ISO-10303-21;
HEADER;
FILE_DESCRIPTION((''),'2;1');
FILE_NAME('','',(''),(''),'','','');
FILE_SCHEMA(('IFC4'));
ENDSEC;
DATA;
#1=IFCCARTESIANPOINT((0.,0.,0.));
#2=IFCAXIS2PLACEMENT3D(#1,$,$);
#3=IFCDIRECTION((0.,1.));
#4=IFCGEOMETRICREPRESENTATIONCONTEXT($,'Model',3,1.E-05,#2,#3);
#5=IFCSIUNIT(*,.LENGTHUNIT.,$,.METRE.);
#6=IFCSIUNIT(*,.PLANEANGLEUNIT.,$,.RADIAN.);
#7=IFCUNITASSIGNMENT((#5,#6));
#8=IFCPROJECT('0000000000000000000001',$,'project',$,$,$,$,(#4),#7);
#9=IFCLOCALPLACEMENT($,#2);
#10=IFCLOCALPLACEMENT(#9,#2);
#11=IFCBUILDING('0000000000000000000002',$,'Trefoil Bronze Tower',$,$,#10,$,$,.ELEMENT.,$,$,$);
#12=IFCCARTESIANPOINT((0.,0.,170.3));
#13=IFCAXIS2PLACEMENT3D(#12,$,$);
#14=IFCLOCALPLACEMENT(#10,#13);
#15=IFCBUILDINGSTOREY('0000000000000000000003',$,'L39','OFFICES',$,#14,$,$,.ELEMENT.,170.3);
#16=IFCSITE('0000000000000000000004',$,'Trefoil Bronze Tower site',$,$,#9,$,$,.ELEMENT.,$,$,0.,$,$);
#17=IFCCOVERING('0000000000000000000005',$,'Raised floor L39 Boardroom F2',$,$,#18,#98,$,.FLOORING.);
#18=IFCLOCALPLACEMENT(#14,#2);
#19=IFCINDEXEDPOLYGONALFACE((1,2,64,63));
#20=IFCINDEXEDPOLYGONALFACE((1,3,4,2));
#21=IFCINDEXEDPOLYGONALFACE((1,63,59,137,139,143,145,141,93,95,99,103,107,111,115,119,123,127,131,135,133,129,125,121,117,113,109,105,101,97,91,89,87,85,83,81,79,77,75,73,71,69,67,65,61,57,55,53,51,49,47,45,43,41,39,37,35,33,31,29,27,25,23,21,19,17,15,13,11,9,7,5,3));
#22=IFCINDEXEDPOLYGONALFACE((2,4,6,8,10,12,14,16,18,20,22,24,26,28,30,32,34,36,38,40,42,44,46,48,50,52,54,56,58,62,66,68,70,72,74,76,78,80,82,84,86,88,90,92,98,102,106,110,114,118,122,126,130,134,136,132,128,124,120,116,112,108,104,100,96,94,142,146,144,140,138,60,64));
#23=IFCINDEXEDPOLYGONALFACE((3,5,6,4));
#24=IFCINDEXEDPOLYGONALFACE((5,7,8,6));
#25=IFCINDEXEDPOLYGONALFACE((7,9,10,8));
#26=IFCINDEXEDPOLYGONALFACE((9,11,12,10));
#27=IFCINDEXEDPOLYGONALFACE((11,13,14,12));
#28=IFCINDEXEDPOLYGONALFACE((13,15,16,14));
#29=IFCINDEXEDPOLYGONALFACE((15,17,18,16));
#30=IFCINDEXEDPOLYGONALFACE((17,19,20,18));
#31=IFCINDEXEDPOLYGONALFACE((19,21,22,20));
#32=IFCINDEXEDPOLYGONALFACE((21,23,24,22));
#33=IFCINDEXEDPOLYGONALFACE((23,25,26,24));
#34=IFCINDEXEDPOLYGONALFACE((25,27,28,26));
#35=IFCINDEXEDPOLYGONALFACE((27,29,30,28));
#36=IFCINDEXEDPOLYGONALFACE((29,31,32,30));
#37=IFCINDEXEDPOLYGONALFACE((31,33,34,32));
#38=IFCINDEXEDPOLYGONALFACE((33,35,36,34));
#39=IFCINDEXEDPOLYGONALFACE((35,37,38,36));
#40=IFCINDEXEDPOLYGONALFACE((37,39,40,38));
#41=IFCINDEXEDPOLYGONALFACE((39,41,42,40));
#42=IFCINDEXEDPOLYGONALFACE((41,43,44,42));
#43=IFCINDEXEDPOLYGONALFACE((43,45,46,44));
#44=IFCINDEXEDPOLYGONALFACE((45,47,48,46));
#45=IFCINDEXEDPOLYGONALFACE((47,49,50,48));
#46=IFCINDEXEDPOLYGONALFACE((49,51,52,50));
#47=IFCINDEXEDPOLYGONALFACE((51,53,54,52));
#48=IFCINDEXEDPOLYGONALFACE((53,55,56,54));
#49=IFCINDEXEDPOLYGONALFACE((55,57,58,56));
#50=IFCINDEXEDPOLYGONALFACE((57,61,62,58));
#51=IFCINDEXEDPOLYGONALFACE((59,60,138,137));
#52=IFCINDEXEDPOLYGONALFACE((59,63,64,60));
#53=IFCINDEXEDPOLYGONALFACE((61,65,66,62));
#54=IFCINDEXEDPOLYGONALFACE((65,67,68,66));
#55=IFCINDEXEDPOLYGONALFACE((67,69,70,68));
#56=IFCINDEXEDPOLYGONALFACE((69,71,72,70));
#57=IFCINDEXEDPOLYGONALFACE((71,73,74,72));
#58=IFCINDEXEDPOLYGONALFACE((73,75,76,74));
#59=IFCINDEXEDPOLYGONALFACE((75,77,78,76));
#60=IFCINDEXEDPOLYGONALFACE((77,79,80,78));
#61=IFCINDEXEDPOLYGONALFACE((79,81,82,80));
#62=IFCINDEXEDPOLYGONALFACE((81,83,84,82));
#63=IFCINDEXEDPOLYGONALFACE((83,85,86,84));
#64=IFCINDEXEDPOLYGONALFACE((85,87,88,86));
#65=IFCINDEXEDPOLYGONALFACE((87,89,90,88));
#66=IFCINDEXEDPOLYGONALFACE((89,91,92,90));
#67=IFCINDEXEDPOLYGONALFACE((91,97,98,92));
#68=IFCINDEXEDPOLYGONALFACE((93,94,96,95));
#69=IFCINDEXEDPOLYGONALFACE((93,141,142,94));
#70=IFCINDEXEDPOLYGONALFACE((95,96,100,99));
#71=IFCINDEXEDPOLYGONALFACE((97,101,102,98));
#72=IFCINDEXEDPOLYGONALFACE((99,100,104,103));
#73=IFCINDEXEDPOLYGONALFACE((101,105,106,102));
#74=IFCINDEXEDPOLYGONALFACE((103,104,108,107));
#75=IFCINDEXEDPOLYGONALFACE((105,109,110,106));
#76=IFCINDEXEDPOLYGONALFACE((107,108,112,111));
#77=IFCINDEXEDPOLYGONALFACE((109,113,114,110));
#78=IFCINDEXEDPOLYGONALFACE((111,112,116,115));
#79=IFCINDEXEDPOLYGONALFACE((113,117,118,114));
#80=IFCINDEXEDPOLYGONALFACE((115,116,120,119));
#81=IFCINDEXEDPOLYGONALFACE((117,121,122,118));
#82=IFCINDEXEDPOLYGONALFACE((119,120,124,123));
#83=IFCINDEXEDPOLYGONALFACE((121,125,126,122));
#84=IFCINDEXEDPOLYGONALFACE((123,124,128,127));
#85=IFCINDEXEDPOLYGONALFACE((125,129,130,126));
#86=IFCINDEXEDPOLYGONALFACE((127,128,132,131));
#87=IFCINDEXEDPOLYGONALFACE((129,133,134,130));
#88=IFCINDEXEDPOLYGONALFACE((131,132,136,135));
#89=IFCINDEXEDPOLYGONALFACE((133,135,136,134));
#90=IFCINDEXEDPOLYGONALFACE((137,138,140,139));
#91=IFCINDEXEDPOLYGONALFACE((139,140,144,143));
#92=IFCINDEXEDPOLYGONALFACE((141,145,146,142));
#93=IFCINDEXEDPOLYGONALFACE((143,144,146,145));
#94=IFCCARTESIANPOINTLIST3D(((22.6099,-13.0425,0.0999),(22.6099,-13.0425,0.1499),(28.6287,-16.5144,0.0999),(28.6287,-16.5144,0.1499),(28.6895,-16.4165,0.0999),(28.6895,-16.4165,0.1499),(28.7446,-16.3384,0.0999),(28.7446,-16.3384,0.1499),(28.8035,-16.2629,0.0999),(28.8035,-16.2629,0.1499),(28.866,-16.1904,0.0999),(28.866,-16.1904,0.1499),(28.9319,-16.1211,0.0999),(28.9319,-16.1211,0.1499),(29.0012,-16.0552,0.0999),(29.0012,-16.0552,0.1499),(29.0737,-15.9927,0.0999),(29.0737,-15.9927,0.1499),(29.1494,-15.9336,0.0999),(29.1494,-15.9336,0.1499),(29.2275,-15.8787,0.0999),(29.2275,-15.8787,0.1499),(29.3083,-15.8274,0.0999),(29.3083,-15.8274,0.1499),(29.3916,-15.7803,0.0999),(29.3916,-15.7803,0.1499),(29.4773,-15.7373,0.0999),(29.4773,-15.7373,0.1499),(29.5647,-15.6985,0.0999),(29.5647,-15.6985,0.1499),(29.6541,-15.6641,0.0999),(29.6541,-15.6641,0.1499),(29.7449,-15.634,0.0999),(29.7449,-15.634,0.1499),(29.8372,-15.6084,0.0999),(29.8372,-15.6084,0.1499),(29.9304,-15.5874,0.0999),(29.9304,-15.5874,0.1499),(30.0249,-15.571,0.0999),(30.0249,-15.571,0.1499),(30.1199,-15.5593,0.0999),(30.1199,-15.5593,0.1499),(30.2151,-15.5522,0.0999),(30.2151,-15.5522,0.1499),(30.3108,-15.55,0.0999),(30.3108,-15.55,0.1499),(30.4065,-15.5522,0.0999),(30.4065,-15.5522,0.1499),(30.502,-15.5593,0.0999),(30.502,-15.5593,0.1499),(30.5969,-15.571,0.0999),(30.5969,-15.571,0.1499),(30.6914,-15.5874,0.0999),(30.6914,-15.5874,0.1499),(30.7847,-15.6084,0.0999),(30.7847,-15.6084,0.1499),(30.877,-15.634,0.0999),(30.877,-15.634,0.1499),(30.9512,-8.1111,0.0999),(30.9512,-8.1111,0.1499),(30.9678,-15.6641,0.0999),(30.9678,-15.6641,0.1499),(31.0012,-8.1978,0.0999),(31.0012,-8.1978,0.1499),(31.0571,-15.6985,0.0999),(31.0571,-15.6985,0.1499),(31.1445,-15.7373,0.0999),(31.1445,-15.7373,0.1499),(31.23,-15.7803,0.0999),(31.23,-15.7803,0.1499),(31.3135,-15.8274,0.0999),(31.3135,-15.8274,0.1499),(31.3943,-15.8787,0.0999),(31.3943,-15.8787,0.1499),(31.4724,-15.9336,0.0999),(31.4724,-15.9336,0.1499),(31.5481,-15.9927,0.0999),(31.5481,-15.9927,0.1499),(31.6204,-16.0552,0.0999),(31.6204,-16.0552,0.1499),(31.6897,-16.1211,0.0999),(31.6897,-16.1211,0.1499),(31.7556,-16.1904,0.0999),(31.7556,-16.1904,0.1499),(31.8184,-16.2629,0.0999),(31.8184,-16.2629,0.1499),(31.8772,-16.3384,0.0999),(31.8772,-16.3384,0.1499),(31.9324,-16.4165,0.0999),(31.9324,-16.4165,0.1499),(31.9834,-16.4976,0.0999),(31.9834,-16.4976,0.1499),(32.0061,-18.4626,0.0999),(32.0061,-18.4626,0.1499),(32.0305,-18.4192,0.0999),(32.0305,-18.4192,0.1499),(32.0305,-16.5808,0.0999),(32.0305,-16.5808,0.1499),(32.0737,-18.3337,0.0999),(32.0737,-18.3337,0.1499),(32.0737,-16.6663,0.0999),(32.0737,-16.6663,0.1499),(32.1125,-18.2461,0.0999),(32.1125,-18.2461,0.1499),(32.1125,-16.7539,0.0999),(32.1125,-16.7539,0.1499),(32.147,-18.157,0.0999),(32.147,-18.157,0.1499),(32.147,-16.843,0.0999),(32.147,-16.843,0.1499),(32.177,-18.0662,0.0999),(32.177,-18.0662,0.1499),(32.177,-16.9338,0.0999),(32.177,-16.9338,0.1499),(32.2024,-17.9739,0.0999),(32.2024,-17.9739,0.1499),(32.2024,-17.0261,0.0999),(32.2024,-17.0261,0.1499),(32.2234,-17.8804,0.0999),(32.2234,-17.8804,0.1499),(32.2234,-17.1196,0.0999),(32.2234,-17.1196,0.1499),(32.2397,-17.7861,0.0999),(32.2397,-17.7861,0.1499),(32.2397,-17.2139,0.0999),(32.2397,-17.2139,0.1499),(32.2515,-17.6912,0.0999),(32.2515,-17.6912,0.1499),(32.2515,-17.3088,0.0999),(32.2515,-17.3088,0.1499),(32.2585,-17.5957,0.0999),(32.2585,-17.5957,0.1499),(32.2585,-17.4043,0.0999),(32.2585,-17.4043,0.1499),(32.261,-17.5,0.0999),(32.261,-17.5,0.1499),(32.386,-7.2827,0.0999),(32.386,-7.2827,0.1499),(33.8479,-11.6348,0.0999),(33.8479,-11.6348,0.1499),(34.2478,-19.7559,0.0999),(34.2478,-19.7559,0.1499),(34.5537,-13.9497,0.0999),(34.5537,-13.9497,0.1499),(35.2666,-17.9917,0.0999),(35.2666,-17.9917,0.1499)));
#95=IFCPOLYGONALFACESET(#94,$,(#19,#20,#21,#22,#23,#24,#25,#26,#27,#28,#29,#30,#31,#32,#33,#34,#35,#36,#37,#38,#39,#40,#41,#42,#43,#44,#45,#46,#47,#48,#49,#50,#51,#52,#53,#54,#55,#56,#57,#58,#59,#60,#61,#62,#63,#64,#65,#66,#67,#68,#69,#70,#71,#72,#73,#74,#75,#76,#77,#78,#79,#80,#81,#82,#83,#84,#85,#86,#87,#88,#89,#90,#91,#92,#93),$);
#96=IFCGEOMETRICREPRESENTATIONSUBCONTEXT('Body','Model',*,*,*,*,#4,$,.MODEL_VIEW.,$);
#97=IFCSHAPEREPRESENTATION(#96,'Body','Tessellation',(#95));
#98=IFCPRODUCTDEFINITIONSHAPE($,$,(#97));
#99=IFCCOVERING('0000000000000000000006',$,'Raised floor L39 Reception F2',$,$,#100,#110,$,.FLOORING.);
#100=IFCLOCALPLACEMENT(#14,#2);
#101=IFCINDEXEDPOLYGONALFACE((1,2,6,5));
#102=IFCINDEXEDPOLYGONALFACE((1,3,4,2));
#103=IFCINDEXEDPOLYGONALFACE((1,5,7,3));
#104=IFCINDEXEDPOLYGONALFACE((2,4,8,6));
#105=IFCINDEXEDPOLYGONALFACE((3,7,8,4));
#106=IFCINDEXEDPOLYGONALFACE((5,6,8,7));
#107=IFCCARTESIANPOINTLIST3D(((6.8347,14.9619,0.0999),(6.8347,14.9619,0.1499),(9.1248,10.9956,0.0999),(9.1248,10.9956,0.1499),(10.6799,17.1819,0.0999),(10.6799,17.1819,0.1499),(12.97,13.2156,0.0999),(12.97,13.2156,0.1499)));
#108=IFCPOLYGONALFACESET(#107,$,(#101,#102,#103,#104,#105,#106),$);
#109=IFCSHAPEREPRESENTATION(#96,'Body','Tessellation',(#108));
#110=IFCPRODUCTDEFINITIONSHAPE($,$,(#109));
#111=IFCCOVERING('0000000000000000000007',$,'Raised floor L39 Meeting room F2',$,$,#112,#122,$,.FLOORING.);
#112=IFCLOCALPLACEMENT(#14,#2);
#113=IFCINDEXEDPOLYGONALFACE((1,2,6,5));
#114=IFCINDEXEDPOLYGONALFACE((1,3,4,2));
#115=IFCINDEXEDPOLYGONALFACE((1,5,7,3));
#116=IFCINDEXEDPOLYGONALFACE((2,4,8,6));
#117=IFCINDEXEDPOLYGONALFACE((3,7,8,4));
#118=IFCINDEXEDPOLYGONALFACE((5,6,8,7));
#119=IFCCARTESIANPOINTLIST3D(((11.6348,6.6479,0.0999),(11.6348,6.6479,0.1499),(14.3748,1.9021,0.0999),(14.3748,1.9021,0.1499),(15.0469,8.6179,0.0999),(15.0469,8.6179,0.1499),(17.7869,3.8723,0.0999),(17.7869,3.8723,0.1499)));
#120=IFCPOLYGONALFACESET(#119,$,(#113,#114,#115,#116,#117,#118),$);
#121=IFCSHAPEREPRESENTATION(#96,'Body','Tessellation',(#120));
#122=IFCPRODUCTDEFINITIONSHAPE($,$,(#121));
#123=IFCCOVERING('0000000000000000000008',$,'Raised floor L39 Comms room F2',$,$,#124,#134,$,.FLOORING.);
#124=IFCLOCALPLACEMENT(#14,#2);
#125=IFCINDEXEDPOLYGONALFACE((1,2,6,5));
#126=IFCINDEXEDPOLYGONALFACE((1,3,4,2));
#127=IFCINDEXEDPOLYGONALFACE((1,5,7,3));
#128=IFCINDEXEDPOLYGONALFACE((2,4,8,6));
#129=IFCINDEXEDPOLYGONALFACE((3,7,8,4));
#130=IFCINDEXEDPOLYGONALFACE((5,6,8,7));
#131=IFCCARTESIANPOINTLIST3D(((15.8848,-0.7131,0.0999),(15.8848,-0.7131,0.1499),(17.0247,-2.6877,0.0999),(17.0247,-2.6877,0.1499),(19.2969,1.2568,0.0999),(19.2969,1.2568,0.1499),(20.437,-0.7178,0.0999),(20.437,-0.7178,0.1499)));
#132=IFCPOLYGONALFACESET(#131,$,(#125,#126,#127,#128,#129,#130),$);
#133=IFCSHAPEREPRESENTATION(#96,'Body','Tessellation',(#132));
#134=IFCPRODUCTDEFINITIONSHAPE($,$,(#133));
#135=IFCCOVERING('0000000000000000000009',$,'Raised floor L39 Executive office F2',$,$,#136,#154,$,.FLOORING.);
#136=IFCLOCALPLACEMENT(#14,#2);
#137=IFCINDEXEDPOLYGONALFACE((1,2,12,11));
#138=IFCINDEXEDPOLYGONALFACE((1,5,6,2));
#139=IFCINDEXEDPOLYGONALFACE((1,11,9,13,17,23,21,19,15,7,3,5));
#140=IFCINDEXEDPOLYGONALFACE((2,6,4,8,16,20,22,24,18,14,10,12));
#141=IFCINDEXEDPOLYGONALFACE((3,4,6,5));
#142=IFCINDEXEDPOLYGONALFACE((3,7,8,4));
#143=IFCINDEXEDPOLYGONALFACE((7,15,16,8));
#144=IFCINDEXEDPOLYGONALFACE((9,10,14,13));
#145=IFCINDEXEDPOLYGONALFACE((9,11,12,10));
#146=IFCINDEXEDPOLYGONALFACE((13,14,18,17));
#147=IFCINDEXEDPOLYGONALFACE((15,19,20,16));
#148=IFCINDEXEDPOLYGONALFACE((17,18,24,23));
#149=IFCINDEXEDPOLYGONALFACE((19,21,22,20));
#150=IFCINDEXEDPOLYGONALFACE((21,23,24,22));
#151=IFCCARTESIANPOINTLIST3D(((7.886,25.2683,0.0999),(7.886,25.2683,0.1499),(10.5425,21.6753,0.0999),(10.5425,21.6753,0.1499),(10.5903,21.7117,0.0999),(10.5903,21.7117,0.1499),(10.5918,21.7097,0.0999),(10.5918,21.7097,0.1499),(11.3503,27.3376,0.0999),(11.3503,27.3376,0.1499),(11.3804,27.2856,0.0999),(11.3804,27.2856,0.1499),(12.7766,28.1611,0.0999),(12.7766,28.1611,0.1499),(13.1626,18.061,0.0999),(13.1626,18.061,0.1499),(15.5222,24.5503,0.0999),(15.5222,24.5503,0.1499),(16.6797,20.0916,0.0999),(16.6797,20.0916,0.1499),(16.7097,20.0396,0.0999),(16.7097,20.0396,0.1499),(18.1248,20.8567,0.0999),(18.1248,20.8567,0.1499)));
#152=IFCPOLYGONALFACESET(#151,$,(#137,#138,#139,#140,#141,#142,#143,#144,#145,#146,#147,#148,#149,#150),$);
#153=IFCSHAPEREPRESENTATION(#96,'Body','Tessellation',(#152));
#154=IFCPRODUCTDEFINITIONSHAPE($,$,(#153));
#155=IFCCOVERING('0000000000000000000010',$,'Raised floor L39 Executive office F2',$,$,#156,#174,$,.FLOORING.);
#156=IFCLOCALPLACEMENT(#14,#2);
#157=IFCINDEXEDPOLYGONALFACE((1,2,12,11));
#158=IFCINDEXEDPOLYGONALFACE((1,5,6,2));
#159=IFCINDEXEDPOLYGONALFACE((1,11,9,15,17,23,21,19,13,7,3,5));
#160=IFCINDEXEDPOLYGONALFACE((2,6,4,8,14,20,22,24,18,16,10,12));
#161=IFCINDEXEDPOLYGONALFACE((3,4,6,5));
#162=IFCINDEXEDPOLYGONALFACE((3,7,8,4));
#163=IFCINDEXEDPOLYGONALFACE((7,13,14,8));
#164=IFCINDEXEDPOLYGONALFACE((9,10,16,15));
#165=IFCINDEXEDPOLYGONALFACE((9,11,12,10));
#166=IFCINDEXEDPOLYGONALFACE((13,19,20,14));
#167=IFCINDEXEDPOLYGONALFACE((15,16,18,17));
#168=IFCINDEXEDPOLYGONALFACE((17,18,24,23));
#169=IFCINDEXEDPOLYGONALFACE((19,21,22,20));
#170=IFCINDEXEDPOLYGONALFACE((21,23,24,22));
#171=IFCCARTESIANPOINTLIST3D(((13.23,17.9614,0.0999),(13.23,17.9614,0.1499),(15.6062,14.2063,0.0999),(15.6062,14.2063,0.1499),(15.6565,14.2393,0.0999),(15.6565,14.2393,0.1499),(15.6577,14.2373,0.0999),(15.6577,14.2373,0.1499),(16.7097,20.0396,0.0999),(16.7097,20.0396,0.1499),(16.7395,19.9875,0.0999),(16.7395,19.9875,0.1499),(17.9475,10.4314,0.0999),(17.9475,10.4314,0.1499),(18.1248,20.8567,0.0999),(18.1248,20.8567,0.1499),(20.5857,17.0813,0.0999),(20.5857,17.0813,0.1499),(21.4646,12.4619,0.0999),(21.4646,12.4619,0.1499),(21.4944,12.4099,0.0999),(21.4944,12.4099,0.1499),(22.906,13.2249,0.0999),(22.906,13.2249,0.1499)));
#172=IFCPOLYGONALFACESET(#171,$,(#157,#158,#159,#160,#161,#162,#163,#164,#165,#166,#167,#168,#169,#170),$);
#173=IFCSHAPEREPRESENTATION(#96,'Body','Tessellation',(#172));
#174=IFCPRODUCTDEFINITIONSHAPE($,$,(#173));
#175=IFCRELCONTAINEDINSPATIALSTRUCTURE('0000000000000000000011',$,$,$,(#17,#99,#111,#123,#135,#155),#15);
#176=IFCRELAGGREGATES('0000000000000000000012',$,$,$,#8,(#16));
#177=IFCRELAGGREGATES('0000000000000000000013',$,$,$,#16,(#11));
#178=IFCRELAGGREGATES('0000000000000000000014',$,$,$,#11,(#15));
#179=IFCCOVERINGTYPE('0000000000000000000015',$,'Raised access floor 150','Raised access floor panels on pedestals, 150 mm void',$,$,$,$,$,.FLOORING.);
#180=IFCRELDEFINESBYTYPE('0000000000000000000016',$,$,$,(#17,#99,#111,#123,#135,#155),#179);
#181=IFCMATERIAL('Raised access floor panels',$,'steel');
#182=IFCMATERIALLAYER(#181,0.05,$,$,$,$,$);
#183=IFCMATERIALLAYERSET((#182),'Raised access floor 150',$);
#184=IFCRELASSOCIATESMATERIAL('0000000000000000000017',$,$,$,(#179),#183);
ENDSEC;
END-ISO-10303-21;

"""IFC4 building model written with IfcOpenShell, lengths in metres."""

from ifc_helpers import new_model, si_unit, direction, frame, origin, place, context, subcontext, project, spatial, polyline, outline, extrude, material, layer, layer_set, type_object, element, save


model = new_model("IFC4")

# Units and contexts
model_context = context("Model", 3, precision=1e-05, world=origin(), true_north=direction((0.0, 1.0)))
body_context = subcontext(model_context, "Body", "Model", "MODEL_VIEW")
ifc_project = project(units=[si_unit("LENGTHUNIT", "METRE"), si_unit("PLANEANGLEUNIT", "RADIAN")], contexts=[model_context])

# Site, building, storey
site_placement = place(None, origin())
site = spatial("IfcSite", under=ifc_project, at=site_placement, Name="Trefoil Bronze Tower site", CompositionType="ELEMENT", RefElevation=0.0)
building_placement = place(site_placement, origin())
building = spatial("IfcBuilding", under=site, at=building_placement, Name="Trefoil Bronze Tower", CompositionType="ELEMENT")
storey_placement = place(building_placement, frame((0.0, 0.0, 170.3)))
storey = spatial("IfcBuildingStorey", under=building, at=storey_placement, Name="L39", Description="OFFICES", CompositionType="ELEMENT", Elevation=170.3)

# Coverings
ifc_material_1 = material(Name="Raised access floor panels", Category="steel")
ifc_layer_1 = layer(ifc_material_1, 0.05)
ifc_layer_set_1 = layer_set([ifc_layer_1], Name="Raised access floor 150")
covering_type_1 = type_object("IfcCoveringType", Name="Raised access floor 150", Description="Raised access floor panels on pedestals, 150 mm void", PredefinedType="FLOORING", material=ifc_layer_set_1)
covering_1_placement = place(storey_placement, frame((0.0, 0.0, 0.0999)))
element("IfcCovering", 1, at=covering_1_placement, inside=storey, type_object=covering_type_1, Name="Raised floor L39 Boardroom F2", PredefinedType="FLOORING", context=body_context, shape_type="SweptSolid", body=[
    extrude(outline(polyline([(22.6099, -13.0425), (31.0012, -8.1978), (30.9512, -8.1111), (32.386, -7.2827), (33.8479, -11.6348), (34.5537, -13.9497), (35.2666, -17.9917), (34.2478, -19.7559), (32.0061, -18.4626), (32.0305, -18.4192), (32.0737, -18.3337), (32.1125, -18.2461), (32.147, -18.157), (32.177, -18.0662), (32.2024, -17.9739), (32.2234, -17.8804), (32.2397, -17.7861), (32.2515, -17.6912), (32.2585, -17.5957), (32.261, -17.5), (32.2585, -17.4043), (32.2515, -17.3088), (32.2397, -17.2139), (32.2234, -17.1196), (32.2024, -17.0261), (32.177, -16.9338), (32.147, -16.843), (32.1125, -16.7539), (32.0737, -16.6663), (32.0305, -16.5808), (31.9834, -16.4976), (31.9324, -16.4165), (31.8772, -16.3384), (31.8184, -16.2629), (31.7556, -16.1904), (31.6897, -16.1211), (31.6204, -16.0552), (31.5481, -15.9927), (31.4724, -15.9336), (31.3943, -15.8787), (31.3135, -15.8274), (31.23, -15.7803), (31.1445, -15.7373), (31.0571, -15.6985), (30.9678, -15.6641), (30.877, -15.634), (30.7847, -15.6084), (30.6914, -15.5874), (30.5969, -15.571), (30.502, -15.5593), (30.4065, -15.5522), (30.3108, -15.55), (30.2151, -15.5522), (30.1199, -15.5593), (30.0249, -15.571), (29.9304, -15.5874), (29.8372, -15.6084), (29.7449, -15.634), (29.6541, -15.6641), (29.5647, -15.6985), (29.4773, -15.7373), (29.3916, -15.7803), (29.3083, -15.8274), (29.2275, -15.8787), (29.1494, -15.9336), (29.0737, -15.9927), (29.0012, -16.0552), (28.9319, -16.1211), (28.866, -16.1904), (28.8035, -16.2629), (28.7446, -16.3384), (28.6895, -16.4165), (28.6287, -16.5144), (22.6099, -13.0425)])), origin(), (0.0, 0.0, 1.0), 0.05),
])
covering_2_placement = place(storey_placement, frame((0.0, 0.0, 0.0999)))
element("IfcCovering", 2, at=covering_2_placement, inside=storey, type_object=covering_type_1, Name="Raised floor L39 Reception F2", PredefinedType="FLOORING", context=body_context, shape_type="SweptSolid", body=[
    extrude(outline(polyline([(6.8347, 14.9619), (10.6799, 17.1819), (12.97, 13.2156), (9.1248, 10.9956), (6.8347, 14.9619)])), origin(), (0.0, 0.0, 1.0), 0.05),
])
covering_3_placement = place(storey_placement, frame((0.0, 0.0, 0.0999)))
element("IfcCovering", 3, at=covering_3_placement, inside=storey, type_object=covering_type_1, Name="Raised floor L39 Meeting room F2", PredefinedType="FLOORING", context=body_context, shape_type="SweptSolid", body=[
    extrude(outline(polyline([(11.6348, 6.6479), (15.0469, 8.6179), (17.7869, 3.8723), (14.3748, 1.9021), (11.6348, 6.6479)])), origin(), (0.0, 0.0, 1.0), 0.05),
])
covering_4_placement = place(storey_placement, frame((0.0, 0.0, 0.0999)))
element("IfcCovering", 4, at=covering_4_placement, inside=storey, type_object=covering_type_1, Name="Raised floor L39 Comms room F2", PredefinedType="FLOORING", context=body_context, shape_type="SweptSolid", body=[
    extrude(outline(polyline([(15.8848, -0.7131), (19.2969, 1.2568), (20.437, -0.7178), (17.0247, -2.6877), (15.8848, -0.7131)])), origin(), (0.0, 0.0, 1.0), 0.05),
])
covering_5_placement = place(storey_placement, frame((0.0, 0.0, 0.0999)))
element("IfcCovering", 5, at=covering_5_placement, inside=storey, type_object=covering_type_1, Name="Raised floor L39 Executive office F2", PredefinedType="FLOORING", context=body_context, shape_type="SweptSolid", body=[
    extrude(outline(polyline([(18.1248, 20.8567), (16.7097, 20.0396), (16.6797, 20.0916), (13.1626, 18.061), (10.5918, 21.7097), (10.5425, 21.6753), (10.5903, 21.7117), (7.886, 25.2683), (11.3804, 27.2856), (11.3503, 27.3376), (12.7766, 28.1611), (15.5222, 24.5503), (18.1248, 20.8567)])), origin(), (0.0, 0.0, 1.0), 0.05),
])
covering_6_placement = place(storey_placement, frame((0.0, 0.0, 0.0999)))
element("IfcCovering", 6, at=covering_6_placement, inside=storey, type_object=covering_type_1, Name="Raised floor L39 Executive office F2", PredefinedType="FLOORING", context=body_context, shape_type="SweptSolid", body=[
    extrude(outline(polyline([(20.5857, 17.0813), (22.906, 13.2249), (21.4944, 12.4099), (21.4646, 12.4619), (17.9475, 10.4314), (15.6577, 14.2373), (15.6062, 14.2063), (15.6565, 14.2393), (13.23, 17.9614), (16.7395, 19.9875), (16.7097, 20.0396), (18.1248, 20.8567), (20.5857, 17.0813)])), origin(), (0.0, 0.0, 1.0), 0.05),
])

save(model, "model.ifc")
